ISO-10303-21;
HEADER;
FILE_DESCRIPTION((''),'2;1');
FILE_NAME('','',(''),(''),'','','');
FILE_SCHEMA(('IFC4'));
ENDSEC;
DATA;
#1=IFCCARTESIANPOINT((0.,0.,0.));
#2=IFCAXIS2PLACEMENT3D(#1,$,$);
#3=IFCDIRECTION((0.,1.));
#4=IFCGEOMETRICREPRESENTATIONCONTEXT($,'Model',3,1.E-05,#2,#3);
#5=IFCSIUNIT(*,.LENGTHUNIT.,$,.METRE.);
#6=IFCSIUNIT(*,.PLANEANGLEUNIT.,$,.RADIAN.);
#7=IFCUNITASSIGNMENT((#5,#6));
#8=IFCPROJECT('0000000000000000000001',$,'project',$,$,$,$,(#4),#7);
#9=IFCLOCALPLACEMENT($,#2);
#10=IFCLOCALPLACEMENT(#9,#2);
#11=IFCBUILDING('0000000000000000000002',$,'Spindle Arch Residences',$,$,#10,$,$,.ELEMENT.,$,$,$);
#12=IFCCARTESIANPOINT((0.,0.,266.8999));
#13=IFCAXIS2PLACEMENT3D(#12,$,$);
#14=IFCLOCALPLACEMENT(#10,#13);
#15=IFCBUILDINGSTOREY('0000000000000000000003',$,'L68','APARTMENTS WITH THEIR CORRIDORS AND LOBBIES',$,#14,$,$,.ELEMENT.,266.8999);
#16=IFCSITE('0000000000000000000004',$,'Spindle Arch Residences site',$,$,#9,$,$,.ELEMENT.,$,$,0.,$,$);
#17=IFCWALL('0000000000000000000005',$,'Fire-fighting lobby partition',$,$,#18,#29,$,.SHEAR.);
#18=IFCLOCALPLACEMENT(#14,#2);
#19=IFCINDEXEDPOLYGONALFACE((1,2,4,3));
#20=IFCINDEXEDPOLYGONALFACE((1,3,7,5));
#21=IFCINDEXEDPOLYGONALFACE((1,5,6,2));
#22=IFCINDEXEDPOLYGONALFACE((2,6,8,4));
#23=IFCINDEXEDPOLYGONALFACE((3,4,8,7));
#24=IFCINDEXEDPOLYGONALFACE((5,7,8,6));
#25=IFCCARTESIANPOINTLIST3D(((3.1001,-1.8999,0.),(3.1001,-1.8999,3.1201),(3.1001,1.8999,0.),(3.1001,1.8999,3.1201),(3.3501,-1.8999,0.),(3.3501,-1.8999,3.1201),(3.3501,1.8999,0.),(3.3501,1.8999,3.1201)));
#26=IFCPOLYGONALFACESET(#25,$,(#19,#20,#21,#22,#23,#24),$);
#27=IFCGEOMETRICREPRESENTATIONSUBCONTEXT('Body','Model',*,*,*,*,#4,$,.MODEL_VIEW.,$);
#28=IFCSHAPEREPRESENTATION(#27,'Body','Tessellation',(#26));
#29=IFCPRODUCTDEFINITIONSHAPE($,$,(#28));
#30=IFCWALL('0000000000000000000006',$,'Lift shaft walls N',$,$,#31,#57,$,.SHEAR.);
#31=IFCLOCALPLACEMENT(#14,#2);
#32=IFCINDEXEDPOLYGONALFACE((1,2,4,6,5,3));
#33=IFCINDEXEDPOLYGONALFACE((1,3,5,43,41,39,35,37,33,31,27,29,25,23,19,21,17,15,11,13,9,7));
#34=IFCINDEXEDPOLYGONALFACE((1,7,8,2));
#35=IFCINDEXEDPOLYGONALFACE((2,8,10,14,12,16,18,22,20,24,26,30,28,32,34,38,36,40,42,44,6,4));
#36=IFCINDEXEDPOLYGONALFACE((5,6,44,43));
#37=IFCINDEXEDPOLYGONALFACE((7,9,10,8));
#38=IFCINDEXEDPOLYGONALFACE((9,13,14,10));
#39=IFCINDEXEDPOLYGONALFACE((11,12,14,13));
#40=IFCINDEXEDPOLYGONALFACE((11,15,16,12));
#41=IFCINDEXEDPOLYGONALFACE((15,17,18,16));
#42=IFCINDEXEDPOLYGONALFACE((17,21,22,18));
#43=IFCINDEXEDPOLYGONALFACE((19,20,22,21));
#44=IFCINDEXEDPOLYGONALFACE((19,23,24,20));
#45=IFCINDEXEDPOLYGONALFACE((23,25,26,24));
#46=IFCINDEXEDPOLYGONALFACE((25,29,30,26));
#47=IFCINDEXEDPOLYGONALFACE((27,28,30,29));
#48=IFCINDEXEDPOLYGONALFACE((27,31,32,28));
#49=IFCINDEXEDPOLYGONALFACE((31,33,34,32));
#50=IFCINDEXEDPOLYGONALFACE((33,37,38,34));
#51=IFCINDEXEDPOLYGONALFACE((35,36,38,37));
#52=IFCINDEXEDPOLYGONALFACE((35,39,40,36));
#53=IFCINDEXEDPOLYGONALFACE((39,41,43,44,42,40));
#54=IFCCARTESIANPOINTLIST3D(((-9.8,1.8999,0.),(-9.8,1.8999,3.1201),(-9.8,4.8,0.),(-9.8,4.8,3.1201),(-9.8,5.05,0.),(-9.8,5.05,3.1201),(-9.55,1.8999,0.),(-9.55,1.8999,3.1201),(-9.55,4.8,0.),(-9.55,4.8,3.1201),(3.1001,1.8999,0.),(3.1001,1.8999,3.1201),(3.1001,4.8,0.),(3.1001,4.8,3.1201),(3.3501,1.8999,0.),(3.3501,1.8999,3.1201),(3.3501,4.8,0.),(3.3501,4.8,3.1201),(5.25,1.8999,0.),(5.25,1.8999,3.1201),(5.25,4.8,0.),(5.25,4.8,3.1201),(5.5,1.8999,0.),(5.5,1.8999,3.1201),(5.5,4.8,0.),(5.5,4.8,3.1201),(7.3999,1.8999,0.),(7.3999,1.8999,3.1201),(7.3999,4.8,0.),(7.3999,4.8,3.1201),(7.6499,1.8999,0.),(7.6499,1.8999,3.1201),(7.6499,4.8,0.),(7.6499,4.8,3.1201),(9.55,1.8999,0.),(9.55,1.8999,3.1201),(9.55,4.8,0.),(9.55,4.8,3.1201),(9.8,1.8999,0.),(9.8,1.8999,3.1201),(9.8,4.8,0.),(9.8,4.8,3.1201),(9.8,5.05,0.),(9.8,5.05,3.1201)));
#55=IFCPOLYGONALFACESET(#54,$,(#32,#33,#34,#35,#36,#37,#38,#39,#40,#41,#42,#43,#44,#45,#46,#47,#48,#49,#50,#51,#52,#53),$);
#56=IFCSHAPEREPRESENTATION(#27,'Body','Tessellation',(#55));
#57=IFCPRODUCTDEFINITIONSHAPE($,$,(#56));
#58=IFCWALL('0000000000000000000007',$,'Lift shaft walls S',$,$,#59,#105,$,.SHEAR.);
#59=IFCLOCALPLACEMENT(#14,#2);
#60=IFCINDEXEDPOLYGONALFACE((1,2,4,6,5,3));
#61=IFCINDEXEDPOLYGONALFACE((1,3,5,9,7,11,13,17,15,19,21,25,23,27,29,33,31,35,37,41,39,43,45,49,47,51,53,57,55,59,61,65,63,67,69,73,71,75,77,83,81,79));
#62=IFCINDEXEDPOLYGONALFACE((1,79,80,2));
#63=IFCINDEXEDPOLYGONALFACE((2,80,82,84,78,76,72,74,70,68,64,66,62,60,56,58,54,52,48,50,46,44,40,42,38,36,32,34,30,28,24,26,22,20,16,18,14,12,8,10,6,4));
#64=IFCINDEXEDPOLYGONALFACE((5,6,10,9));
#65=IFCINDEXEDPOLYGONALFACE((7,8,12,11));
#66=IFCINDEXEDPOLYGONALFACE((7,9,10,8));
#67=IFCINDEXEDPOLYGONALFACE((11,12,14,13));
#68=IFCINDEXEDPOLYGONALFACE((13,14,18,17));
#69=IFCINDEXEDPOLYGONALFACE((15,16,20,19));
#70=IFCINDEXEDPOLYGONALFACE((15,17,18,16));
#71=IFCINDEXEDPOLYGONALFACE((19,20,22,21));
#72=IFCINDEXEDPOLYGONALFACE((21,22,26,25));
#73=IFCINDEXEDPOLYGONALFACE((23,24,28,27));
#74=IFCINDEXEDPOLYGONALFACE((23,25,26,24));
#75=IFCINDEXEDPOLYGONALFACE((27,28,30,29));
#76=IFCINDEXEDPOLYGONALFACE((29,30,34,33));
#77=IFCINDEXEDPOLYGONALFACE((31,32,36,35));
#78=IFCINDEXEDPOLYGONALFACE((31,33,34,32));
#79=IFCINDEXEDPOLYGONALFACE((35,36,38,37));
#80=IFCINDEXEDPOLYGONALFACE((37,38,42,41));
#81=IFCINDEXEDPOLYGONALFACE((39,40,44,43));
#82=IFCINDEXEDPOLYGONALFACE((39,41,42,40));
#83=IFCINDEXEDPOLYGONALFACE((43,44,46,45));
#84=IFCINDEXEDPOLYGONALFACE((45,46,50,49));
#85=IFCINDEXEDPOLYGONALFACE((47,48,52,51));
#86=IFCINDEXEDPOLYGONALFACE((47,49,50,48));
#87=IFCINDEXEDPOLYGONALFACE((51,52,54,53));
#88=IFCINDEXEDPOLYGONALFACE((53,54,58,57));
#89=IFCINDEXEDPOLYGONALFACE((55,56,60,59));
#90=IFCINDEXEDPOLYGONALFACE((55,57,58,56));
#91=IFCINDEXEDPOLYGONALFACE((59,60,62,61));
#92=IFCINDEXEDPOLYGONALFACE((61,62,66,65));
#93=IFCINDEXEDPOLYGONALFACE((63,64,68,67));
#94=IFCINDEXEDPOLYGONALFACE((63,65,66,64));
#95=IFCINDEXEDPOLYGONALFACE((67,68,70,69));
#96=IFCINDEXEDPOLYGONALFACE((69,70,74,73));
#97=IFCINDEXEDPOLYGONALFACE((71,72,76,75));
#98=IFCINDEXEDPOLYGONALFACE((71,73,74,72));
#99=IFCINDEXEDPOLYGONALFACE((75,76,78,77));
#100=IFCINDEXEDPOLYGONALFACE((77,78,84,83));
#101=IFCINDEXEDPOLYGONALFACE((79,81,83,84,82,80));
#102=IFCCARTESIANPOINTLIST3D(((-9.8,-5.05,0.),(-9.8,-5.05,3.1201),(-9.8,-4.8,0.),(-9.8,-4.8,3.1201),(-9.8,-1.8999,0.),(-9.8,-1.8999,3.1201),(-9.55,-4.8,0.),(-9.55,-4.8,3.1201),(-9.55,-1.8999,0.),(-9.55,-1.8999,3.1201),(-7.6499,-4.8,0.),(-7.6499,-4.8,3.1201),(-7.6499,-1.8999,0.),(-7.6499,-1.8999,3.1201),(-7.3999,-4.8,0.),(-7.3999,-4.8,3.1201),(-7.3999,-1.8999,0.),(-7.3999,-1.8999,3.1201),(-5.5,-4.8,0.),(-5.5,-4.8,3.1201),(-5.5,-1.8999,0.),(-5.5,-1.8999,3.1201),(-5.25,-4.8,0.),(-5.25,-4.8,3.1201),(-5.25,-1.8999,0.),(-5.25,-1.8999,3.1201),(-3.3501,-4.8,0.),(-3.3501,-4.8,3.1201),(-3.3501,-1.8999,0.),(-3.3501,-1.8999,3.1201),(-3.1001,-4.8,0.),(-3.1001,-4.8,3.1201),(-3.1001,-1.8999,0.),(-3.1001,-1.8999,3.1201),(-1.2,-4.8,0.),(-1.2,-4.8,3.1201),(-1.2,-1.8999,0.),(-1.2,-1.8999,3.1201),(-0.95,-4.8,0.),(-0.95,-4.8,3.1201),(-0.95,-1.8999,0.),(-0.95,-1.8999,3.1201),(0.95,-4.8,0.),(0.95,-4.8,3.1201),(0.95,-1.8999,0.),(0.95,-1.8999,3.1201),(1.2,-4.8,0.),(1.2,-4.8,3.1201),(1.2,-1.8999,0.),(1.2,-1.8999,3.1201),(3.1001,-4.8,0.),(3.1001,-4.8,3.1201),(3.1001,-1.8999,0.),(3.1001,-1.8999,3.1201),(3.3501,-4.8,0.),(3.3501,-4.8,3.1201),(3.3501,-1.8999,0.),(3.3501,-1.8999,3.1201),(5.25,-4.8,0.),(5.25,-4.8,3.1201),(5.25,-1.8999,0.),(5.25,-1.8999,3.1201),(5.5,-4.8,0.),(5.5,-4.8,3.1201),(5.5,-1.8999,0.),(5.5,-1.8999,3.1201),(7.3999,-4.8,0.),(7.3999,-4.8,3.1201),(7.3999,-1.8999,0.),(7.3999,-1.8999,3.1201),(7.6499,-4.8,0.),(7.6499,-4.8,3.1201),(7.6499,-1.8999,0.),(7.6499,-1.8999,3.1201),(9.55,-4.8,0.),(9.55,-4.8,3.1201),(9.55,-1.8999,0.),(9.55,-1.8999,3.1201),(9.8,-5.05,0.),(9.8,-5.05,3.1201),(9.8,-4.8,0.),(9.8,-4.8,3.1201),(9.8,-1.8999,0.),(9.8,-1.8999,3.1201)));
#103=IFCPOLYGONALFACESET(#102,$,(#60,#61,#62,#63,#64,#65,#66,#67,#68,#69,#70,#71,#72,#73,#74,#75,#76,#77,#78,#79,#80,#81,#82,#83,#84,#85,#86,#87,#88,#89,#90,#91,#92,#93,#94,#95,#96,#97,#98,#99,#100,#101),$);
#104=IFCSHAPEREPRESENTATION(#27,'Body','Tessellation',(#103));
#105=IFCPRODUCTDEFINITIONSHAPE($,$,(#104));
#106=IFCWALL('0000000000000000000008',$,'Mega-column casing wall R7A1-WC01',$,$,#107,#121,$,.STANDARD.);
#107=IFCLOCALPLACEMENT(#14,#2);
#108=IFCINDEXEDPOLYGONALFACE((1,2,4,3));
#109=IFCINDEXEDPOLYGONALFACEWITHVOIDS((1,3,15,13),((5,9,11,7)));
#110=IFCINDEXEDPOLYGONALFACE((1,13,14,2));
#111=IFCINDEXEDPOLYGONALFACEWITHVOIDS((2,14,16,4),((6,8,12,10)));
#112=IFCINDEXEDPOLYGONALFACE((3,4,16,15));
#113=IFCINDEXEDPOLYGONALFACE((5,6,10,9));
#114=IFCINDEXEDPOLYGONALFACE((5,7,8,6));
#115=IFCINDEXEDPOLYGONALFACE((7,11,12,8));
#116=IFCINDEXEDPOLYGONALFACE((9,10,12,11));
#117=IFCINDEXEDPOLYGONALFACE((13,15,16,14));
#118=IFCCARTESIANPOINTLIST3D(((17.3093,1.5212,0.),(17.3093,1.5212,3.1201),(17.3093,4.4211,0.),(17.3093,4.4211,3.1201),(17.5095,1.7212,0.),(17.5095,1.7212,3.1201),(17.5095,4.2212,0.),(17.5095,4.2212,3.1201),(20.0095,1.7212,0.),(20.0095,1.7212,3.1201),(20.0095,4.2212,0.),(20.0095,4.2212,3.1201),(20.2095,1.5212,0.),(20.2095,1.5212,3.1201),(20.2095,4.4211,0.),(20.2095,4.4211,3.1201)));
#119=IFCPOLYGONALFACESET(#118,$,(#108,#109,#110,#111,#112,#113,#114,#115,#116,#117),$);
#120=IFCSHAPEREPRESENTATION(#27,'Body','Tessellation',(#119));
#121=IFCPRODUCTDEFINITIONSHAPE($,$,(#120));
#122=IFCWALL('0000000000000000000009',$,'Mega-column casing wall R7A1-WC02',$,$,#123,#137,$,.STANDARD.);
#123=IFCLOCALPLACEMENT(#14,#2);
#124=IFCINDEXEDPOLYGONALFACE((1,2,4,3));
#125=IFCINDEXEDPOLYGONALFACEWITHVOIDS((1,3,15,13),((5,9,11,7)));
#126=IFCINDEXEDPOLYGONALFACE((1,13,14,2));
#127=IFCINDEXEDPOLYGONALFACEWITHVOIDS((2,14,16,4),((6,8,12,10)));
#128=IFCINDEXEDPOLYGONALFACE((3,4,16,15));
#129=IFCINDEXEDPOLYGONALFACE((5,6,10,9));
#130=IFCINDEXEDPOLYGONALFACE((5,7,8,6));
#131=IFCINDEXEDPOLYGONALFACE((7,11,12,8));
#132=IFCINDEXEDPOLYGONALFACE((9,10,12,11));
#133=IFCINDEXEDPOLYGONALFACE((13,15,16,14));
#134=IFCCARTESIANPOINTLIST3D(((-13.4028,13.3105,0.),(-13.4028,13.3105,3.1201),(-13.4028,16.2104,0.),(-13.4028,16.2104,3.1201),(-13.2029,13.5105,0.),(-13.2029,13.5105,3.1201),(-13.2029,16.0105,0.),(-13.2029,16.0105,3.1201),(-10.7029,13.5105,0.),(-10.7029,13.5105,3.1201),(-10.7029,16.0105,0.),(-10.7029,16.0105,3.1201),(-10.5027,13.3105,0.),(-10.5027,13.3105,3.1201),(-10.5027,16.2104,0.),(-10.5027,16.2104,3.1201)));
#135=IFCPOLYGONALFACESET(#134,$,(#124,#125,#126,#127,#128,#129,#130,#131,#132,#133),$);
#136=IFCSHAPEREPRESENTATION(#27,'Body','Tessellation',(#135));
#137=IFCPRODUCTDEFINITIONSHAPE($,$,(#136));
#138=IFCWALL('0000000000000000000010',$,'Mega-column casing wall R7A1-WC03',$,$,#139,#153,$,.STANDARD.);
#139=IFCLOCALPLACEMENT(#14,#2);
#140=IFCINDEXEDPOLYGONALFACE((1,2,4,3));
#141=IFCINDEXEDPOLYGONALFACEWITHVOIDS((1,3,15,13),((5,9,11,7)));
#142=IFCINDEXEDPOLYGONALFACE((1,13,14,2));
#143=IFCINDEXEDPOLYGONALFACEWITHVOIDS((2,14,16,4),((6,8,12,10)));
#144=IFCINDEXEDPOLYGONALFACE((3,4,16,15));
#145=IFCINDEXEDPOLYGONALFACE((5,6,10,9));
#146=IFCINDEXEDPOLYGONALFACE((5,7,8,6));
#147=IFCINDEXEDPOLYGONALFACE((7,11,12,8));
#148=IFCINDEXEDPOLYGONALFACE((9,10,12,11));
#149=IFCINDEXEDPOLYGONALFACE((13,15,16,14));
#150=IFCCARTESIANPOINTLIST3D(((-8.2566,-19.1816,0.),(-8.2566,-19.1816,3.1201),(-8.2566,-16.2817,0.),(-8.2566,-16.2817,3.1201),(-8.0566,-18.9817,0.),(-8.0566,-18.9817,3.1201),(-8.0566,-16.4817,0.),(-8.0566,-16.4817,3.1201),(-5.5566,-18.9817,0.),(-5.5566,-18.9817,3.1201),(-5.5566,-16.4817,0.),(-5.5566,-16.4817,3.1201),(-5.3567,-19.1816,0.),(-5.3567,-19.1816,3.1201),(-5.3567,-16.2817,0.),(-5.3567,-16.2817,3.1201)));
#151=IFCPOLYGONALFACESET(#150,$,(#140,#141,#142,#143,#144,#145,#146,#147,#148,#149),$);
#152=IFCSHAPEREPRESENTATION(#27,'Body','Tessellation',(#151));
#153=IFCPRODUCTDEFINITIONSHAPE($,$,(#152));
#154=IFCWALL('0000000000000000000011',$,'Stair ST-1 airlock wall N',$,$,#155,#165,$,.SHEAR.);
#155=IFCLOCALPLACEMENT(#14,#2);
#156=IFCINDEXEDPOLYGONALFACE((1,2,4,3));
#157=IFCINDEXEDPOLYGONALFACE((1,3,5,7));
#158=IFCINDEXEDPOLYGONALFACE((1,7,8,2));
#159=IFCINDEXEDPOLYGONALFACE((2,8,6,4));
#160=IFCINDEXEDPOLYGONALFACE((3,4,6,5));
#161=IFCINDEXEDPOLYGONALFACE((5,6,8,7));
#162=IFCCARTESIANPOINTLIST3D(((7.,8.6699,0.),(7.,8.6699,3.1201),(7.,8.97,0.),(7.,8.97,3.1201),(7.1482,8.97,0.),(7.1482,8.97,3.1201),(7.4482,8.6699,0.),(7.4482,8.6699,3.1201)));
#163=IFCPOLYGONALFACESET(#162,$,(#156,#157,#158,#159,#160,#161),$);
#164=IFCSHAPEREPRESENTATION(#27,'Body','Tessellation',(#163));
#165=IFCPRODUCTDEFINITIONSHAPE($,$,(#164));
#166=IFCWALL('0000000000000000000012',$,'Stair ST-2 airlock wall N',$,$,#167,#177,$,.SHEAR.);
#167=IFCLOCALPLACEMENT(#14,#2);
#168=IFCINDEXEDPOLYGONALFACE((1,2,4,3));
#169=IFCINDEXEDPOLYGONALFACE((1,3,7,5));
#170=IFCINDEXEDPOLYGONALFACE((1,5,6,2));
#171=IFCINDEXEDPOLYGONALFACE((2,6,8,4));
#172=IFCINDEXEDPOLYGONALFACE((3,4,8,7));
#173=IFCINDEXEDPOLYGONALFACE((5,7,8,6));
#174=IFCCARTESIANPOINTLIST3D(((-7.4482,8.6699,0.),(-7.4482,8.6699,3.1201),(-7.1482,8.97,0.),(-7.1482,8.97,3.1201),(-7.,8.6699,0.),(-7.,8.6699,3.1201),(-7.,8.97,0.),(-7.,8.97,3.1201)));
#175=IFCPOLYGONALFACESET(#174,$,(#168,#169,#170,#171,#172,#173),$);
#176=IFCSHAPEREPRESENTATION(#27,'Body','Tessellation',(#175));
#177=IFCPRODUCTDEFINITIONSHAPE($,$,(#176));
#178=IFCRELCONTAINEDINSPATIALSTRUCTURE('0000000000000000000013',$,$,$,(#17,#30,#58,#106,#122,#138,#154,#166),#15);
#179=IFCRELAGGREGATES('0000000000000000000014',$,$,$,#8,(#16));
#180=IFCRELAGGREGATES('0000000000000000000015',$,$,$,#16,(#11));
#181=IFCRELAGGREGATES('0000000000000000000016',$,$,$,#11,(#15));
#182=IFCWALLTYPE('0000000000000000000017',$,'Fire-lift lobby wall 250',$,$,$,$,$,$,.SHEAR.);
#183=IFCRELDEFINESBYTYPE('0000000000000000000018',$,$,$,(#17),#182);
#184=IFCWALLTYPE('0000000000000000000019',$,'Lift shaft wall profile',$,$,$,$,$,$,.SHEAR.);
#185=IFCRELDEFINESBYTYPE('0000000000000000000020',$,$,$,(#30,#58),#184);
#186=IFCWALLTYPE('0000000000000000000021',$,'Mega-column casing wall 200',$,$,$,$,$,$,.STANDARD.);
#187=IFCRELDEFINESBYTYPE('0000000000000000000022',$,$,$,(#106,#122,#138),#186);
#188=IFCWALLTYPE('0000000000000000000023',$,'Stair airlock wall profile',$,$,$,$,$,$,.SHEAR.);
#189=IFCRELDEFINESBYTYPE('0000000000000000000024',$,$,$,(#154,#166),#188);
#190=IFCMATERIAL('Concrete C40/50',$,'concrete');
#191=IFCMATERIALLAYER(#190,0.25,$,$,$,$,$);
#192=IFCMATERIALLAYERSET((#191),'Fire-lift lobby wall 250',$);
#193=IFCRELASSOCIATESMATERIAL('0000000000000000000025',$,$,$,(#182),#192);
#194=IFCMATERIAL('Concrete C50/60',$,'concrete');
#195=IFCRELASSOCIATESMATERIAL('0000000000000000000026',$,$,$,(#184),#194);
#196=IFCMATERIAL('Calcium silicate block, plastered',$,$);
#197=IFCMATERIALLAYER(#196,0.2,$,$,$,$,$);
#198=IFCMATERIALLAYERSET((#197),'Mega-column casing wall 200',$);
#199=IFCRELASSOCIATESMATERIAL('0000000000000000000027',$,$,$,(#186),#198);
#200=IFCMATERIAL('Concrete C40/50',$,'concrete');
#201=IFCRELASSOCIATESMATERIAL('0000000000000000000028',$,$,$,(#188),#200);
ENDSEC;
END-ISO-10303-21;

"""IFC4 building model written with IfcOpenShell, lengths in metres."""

from ifc_helpers import new_model, si_unit, direction, frame, frame_2d, origin, place, context, subcontext, project, spatial, polyline, rectangle, outline, extrude, material, layer, layer_set, type_object, element, save


model = new_model("IFC4")

# Units and contexts
model_context = context("Model", 3, precision=1e-05, world=origin(), true_north=direction((0.0, 1.0)))
body_context = subcontext(model_context, "Body", "Model", "MODEL_VIEW")
ifc_project = project(units=[si_unit("LENGTHUNIT", "METRE"), si_unit("PLANEANGLEUNIT", "RADIAN")], contexts=[model_context])

# Site, building, storey
site_placement = place(None, origin())
site = spatial("IfcSite", under=ifc_project, at=site_placement, Name="Spindle Arch Residences site", CompositionType="ELEMENT", RefElevation=0.0)
building_placement = place(site_placement, origin())
building = spatial("IfcBuilding", under=site, at=building_placement, Name="Spindle Arch Residences", CompositionType="ELEMENT")
storey_placement = place(building_placement, frame((0.0, 0.0, 266.8999)))
storey = spatial("IfcBuildingStorey", under=building, at=storey_placement, Name="L68", Description="APARTMENTS WITH THEIR CORRIDORS AND LOBBIES", CompositionType="ELEMENT", Elevation=266.8999)

# Wall
ifc_material_1 = material(Name="Concrete C40/50", Category="concrete")
ifc_layer_1 = layer(ifc_material_1, 0.25)
ifc_layer_set_1 = layer_set([ifc_layer_1], Name="Fire-lift lobby wall 250")
wall_type_1 = type_object("IfcWallType", Name="Fire-lift lobby wall 250", PredefinedType="SHEAR", material=ifc_layer_set_1)
wall_1_placement = place(storey_placement, frame((3.2251, -1.8999, 0.0), z_axis=(0.0, 0.0, 1.0), x_axis=(0.0, 1.0, 0.0)))
element("IfcWall", 1, at=wall_1_placement, inside=storey, type_object=wall_type_1, Name="Fire-fighting lobby partition", PredefinedType="SHEAR", context=body_context, shape_type="SweptSolid", body=[
    extrude(rectangle(XDim=3.7998, YDim=0.25, at=frame_2d((1.8999, 0.0))), origin(), (0.0, 0.0, 1.0), 3.1201),
])

# Walls
ifc_material_2 = material(Name="Concrete C50/60", Category="concrete")
wall_type_2 = type_object("IfcWallType", Name="Lift shaft wall profile", PredefinedType="SHEAR", material=ifc_material_2)
wall_2_placement = place(storey_placement, origin())
element("IfcWall", 2, at=wall_2_placement, inside=storey, type_object=wall_type_2, Name="Lift shaft walls N", PredefinedType="SHEAR", context=body_context, shape_type="SweptSolid", body=[
    extrude(outline(polyline([(-9.8, 1.8999), (-9.55, 1.8999), (-9.55, 4.8), (3.1001, 4.8), (3.1001, 1.8999), (3.3501, 1.8999), (3.3501, 4.8), (5.25, 4.8), (5.25, 1.8999), (5.5, 1.8999), (5.5, 4.8), (7.3999, 4.8), (7.3999, 1.8999), (7.6499, 1.8999), (7.6499, 4.8), (9.55, 4.8), (9.55, 1.8999), (9.8, 1.8999), (9.8, 4.8), (9.8, 5.05), (-9.8, 5.05), (-9.8, 4.8), (-9.8, 1.8999)])), origin(), (0.0, 0.0, 1.0), 3.1201),
])
wall_3_placement = place(storey_placement, origin())
element("IfcWall", 3, at=wall_3_placement, inside=storey, type_object=wall_type_2, Name="Lift shaft walls S", PredefinedType="SHEAR", context=body_context, shape_type="SweptSolid", body=[
    extrude(outline(polyline([(9.8, -5.05), (9.8, -4.8), (9.8, -1.8999), (9.55, -1.8999), (9.55, -4.8), (7.6499, -4.8), (7.6499, -1.8999), (7.3999, -1.8999), (7.3999, -4.8), (5.5, -4.8), (5.5, -1.8999), (5.25, -1.8999), (5.25, -4.8), (3.3501, -4.8), (3.3501, -1.8999), (3.1001, -1.8999), (3.1001, -4.8), (1.2, -4.8), (1.2, -1.8999), (0.95, -1.8999), (0.95, -4.8), (-0.95, -4.8), (-0.95, -1.8999), (-1.2, -1.8999), (-1.2, -4.8), (-3.1001, -4.8), (-3.1001, -1.8999), (-3.3501, -1.8999), (-3.3501, -4.8), (-5.25, -4.8), (-5.25, -1.8999), (-5.5, -1.8999), (-5.5, -4.8), (-7.3999, -4.8), (-7.3999, -1.8999), (-7.6499, -1.8999), (-7.6499, -4.8), (-9.55, -4.8), (-9.55, -1.8999), (-9.8, -1.8999), (-9.8, -4.8), (-9.8, -5.05), (9.8, -5.05)])), origin(), (0.0, 0.0, 1.0), 3.1201),
])
ifc_material_3 = material(Name="Calcium silicate block, plastered")
ifc_layer_2 = layer(ifc_material_3, 0.2)
ifc_layer_set_2 = layer_set([ifc_layer_2], Name="Mega-column casing wall 200")
wall_type_3 = type_object("IfcWallType", Name="Mega-column casing wall 200", PredefinedType="STANDARD", material=ifc_layer_set_2)
wall_4_placement = place(storey_placement, origin())
element("IfcWall", 4, at=wall_4_placement, inside=storey, type_object=wall_type_3, Name="Mega-column casing wall R7A1-WC01", PredefinedType="STANDARD", context=body_context, shape_type="SweptSolid", body=[
    extrude(outline(polyline([(20.2095, 4.4211), (20.2095, 1.5212), (17.3093, 1.5212), (17.3093, 4.4211), (20.2095, 4.4211)]), holes=[polyline([(17.5095, 1.7212), (20.0095, 1.7212), (20.0095, 4.2212), (17.5095, 4.2212), (17.5095, 1.7212)])]), origin(), (0.0, 0.0, 1.0), 3.1201),
])
wall_5_placement = place(storey_placement, origin())
element("IfcWall", 5, at=wall_5_placement, inside=storey, type_object=wall_type_3, Name="Mega-column casing wall R7A1-WC02", PredefinedType="STANDARD", context=body_context, shape_type="SweptSolid", body=[
    extrude(outline(polyline([(-10.5027, 16.2104), (-10.5027, 13.3105), (-13.4028, 13.3105), (-13.4028, 16.2104), (-10.5027, 16.2104)]), holes=[polyline([(-13.2029, 13.5105), (-10.7029, 13.5105), (-10.7029, 16.0105), (-13.2029, 16.0105), (-13.2029, 13.5105)])]), origin(), (0.0, 0.0, 1.0), 3.1201),
])
wall_6_placement = place(storey_placement, origin())
element("IfcWall", 6, at=wall_6_placement, inside=storey, type_object=wall_type_3, Name="Mega-column casing wall R7A1-WC03", PredefinedType="STANDARD", context=body_context, shape_type="SweptSolid", body=[
    extrude(outline(polyline([(-5.3567, -16.2817), (-5.3567, -19.1816), (-8.2566, -19.1816), (-8.2566, -16.2817), (-5.3567, -16.2817)]), holes=[polyline([(-8.0566, -18.9817), (-5.5566, -18.9817), (-5.5566, -16.4817), (-8.0566, -16.4817), (-8.0566, -18.9817)])]), origin(), (0.0, 0.0, 1.0), 3.1201),
])
ifc_material_4 = material(Name="Concrete C40/50", Category="concrete")
wall_type_4 = type_object("IfcWallType", Name="Stair airlock wall profile", PredefinedType="SHEAR", material=ifc_material_4)
wall_7_placement = place(storey_placement, origin())
element("IfcWall", 7, at=wall_7_placement, inside=storey, type_object=wall_type_4, Name="Stair ST-1 airlock wall N", PredefinedType="SHEAR", context=body_context, shape_type="SweptSolid", body=[
    extrude(outline(polyline([(7.4482, 8.6699), (7.0, 8.6699), (7.0, 8.97), (7.1482, 8.97), (7.4482, 8.6699)])), origin(), (0.0, 0.0, 1.0), 3.1201),
])
wall_8_placement = place(storey_placement, origin())
element("IfcWall", 8, at=wall_8_placement, inside=storey, type_object=wall_type_4, Name="Stair ST-2 airlock wall N", PredefinedType="SHEAR", context=body_context, shape_type="SweptSolid", body=[
    extrude(outline(polyline([(-7.1482, 8.97), (-7.0, 8.97), (-7.0, 8.6699), (-7.4482, 8.6699), (-7.1482, 8.97)])), origin(), (0.0, 0.0, 1.0), 3.1201),
])

save(model, "model.ifc")
